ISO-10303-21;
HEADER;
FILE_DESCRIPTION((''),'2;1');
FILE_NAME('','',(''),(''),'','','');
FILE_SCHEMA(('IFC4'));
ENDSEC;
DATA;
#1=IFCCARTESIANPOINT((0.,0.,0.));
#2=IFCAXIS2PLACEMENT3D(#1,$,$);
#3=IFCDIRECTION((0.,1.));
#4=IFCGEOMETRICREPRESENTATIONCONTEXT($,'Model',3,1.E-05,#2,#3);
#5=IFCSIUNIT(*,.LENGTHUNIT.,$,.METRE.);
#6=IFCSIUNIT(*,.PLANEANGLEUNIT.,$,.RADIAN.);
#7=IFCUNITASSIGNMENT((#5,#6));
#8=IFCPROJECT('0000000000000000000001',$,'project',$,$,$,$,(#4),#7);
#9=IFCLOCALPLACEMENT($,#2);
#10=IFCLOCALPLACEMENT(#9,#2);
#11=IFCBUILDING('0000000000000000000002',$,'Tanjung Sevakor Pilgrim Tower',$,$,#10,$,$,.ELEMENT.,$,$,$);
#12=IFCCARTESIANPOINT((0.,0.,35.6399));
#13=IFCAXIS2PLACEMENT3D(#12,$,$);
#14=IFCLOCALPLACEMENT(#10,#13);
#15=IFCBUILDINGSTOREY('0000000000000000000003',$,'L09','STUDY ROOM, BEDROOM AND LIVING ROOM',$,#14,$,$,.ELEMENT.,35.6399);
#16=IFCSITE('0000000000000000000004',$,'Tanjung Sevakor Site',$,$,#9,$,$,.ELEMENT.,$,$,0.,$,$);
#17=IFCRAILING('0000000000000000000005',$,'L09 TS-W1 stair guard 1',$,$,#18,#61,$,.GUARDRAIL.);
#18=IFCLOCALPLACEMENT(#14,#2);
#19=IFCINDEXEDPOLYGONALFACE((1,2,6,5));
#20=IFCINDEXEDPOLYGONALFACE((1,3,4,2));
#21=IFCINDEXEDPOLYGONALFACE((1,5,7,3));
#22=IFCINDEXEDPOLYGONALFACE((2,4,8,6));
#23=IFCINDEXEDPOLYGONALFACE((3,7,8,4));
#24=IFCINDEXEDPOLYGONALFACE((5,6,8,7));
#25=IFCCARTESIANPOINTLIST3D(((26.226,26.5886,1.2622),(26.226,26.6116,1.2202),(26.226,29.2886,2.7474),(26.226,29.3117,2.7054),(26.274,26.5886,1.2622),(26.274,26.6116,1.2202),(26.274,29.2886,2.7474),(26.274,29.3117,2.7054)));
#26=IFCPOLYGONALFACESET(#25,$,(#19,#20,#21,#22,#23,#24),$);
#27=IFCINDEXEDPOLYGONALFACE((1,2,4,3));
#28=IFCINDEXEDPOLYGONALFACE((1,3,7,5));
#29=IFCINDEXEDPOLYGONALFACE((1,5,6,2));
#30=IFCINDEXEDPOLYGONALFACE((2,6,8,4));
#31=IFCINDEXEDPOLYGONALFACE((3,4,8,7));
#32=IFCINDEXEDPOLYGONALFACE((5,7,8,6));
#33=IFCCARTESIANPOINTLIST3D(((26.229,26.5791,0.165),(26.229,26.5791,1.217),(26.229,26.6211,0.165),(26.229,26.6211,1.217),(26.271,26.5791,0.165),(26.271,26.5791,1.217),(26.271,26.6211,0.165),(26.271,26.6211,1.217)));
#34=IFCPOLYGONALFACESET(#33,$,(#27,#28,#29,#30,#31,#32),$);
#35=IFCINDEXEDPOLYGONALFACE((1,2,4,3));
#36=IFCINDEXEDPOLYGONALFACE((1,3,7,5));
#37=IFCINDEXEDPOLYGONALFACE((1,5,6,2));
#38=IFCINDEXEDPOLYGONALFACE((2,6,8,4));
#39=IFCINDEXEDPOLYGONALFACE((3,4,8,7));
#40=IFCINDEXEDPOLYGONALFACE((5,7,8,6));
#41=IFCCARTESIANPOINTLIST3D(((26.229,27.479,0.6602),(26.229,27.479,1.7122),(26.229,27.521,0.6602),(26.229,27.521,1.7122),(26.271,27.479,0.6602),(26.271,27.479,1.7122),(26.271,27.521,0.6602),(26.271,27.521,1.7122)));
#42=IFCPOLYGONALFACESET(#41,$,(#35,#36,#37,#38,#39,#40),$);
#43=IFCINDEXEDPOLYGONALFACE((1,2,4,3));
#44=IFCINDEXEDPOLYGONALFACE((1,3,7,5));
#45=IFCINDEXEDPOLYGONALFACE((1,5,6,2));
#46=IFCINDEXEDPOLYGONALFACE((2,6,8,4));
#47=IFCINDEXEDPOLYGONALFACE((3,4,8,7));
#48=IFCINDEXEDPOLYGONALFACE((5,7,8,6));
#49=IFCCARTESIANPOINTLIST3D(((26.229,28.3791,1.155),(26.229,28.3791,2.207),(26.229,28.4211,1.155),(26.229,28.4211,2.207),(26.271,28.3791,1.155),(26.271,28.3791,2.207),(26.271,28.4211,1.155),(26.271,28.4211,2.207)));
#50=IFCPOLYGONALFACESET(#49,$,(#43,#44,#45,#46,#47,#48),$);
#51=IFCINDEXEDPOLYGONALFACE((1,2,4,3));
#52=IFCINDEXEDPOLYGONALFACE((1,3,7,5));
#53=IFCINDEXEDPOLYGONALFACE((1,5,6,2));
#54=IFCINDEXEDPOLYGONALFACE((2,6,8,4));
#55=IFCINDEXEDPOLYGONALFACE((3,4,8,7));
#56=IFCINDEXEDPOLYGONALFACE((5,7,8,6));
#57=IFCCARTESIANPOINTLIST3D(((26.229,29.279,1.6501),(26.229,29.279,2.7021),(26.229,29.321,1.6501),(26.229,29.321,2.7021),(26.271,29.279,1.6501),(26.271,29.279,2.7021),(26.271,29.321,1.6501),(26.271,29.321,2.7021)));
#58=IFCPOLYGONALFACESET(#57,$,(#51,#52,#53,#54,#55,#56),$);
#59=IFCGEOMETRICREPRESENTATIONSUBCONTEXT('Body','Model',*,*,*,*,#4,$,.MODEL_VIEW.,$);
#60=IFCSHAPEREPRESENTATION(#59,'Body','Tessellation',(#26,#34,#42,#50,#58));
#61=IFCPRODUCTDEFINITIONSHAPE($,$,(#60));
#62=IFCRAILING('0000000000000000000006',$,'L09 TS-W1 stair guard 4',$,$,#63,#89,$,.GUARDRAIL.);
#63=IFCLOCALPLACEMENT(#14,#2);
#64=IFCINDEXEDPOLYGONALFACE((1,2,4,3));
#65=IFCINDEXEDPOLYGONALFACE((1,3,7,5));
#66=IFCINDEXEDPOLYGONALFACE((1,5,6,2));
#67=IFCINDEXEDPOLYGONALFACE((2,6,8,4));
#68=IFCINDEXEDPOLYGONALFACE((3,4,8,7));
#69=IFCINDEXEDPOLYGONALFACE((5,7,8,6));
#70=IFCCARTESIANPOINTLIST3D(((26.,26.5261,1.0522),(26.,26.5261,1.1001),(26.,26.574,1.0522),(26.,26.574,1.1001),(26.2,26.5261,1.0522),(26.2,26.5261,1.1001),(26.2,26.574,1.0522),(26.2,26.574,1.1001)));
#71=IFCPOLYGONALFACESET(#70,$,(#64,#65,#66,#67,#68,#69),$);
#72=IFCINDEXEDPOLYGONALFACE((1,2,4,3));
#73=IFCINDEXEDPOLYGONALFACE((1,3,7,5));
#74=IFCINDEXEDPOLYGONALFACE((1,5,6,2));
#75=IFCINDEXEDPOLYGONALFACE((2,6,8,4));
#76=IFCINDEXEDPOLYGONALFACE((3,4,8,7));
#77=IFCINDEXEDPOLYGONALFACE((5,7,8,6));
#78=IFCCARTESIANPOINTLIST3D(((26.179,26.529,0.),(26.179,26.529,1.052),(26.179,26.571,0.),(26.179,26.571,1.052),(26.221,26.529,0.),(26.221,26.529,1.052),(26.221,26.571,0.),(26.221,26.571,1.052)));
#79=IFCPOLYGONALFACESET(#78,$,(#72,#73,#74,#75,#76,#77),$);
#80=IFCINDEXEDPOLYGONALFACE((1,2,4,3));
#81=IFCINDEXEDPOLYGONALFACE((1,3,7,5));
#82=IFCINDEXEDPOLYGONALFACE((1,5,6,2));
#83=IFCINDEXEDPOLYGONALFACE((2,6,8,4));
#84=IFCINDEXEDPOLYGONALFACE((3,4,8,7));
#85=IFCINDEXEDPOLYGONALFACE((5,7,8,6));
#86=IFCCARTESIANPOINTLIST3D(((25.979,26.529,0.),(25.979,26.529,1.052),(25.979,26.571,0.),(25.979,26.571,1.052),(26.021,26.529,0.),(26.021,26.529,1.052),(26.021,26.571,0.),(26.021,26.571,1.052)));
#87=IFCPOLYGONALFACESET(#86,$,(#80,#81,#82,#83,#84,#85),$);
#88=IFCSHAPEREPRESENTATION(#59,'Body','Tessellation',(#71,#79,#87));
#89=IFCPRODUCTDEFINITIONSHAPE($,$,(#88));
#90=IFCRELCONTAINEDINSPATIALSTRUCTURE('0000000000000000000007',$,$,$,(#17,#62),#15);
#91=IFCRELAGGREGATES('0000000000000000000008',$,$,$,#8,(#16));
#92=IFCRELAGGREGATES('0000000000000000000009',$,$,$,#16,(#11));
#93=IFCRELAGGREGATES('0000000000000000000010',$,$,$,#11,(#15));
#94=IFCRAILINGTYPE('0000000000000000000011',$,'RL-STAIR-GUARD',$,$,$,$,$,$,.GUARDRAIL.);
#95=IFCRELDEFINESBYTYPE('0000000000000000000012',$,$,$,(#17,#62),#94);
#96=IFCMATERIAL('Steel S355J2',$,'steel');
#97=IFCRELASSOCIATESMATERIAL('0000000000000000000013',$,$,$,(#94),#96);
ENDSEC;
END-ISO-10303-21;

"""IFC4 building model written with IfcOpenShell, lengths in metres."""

from ifc_helpers import new_model, si_unit, direction, frame, origin, place, context, subcontext, project, spatial, rectangle, extrude, material, type_object, element, save


model = new_model("IFC4")

# Units and contexts
model_context = context("Model", 3, precision=1e-05, world=origin(), true_north=direction((0.0, 1.0)))
body_context = subcontext(model_context, "Body", "Model", "MODEL_VIEW")
ifc_project = project(units=[si_unit("LENGTHUNIT", "METRE"), si_unit("PLANEANGLEUNIT", "RADIAN")], contexts=[model_context])

# Site, building, storey
site_placement = place(None, origin())
site = spatial("IfcSite", under=ifc_project, at=site_placement, Name="Tanjung Sevakor Site", CompositionType="ELEMENT", RefElevation=0.0)
building_placement = place(site_placement, origin())
building = spatial("IfcBuilding", under=site, at=building_placement, Name="Tanjung Sevakor Pilgrim Tower", CompositionType="ELEMENT")
storey_placement = place(building_placement, frame((0.0, 0.0, 35.6399)))
storey = spatial("IfcBuildingStorey", under=building, at=storey_placement, Name="L09", Description="STUDY ROOM, BEDROOM AND LIVING ROOM", CompositionType="ELEMENT", Elevation=35.6399)

# Railings
ifc_material_1 = material(Name="Steel S355J2", Category="steel")
railing_type = type_object("IfcRailingType", Name="RL-STAIR-GUARD", PredefinedType="GUARDRAIL", material=ifc_material_1)
railing_1_placement = place(storey_placement, frame((26.25, 26.6001, 0.165)))
element("IfcRailing", 1, at=railing_1_placement, inside=storey, type_object=railing_type, Name="L09 TS-W1 stair guard 1", PredefinedType="GUARDRAIL", context=body_context, shape_type="SweptSolid", body=[
    extrude(rectangle(XDim=0.0479, YDim=0.0479), frame((0.0, 0.0, 1.0762), z_axis=(0.0, 0.876198, 0.481952), x_axis=(-1.0, 0.0, 0.0)), (0.0, 0.0, 1.0), 3.0815),
    extrude(rectangle(XDim=0.042, YDim=0.042), origin(), (0.0, 0.0, 1.0), 1.052),
    extrude(rectangle(XDim=0.042, YDim=0.042), frame((0.0, 0.8999, 0.4951)), (0.0, 0.0, 1.0), 1.052),
    extrude(rectangle(XDim=0.042, YDim=0.042), frame((0.0, 1.8, 0.99)), (0.0, 0.0, 1.0), 1.052),
    extrude(rectangle(XDim=0.042, YDim=0.042), frame((0.0, 2.7, 1.4851)), (0.0, 0.0, 1.0), 1.052),
])
railing_2_placement = place(storey_placement, frame((26.2, 26.55, 0.0)))
element("IfcRailing", 2, at=railing_2_placement, inside=storey, type_object=railing_type, Name="L09 TS-W1 stair guard 4", PredefinedType="GUARDRAIL", context=body_context, shape_type="SweptSolid", body=[
    extrude(rectangle(XDim=0.0479, YDim=0.0479), frame((0.0, 0.0, 1.0762), z_axis=(-1.0, 0.0, 0.0), x_axis=(0.0, -1.0, 0.0)), (0.0, 0.0, 1.0), 0.2),
    extrude(rectangle(XDim=0.042, YDim=0.042), origin(), (0.0, 0.0, 1.0), 1.052),
    extrude(rectangle(XDim=0.042, YDim=0.042), frame((-0.2, 0.0, 0.0)), (0.0, 0.0, 1.0), 1.052),
])

save(model, "model.ifc")
